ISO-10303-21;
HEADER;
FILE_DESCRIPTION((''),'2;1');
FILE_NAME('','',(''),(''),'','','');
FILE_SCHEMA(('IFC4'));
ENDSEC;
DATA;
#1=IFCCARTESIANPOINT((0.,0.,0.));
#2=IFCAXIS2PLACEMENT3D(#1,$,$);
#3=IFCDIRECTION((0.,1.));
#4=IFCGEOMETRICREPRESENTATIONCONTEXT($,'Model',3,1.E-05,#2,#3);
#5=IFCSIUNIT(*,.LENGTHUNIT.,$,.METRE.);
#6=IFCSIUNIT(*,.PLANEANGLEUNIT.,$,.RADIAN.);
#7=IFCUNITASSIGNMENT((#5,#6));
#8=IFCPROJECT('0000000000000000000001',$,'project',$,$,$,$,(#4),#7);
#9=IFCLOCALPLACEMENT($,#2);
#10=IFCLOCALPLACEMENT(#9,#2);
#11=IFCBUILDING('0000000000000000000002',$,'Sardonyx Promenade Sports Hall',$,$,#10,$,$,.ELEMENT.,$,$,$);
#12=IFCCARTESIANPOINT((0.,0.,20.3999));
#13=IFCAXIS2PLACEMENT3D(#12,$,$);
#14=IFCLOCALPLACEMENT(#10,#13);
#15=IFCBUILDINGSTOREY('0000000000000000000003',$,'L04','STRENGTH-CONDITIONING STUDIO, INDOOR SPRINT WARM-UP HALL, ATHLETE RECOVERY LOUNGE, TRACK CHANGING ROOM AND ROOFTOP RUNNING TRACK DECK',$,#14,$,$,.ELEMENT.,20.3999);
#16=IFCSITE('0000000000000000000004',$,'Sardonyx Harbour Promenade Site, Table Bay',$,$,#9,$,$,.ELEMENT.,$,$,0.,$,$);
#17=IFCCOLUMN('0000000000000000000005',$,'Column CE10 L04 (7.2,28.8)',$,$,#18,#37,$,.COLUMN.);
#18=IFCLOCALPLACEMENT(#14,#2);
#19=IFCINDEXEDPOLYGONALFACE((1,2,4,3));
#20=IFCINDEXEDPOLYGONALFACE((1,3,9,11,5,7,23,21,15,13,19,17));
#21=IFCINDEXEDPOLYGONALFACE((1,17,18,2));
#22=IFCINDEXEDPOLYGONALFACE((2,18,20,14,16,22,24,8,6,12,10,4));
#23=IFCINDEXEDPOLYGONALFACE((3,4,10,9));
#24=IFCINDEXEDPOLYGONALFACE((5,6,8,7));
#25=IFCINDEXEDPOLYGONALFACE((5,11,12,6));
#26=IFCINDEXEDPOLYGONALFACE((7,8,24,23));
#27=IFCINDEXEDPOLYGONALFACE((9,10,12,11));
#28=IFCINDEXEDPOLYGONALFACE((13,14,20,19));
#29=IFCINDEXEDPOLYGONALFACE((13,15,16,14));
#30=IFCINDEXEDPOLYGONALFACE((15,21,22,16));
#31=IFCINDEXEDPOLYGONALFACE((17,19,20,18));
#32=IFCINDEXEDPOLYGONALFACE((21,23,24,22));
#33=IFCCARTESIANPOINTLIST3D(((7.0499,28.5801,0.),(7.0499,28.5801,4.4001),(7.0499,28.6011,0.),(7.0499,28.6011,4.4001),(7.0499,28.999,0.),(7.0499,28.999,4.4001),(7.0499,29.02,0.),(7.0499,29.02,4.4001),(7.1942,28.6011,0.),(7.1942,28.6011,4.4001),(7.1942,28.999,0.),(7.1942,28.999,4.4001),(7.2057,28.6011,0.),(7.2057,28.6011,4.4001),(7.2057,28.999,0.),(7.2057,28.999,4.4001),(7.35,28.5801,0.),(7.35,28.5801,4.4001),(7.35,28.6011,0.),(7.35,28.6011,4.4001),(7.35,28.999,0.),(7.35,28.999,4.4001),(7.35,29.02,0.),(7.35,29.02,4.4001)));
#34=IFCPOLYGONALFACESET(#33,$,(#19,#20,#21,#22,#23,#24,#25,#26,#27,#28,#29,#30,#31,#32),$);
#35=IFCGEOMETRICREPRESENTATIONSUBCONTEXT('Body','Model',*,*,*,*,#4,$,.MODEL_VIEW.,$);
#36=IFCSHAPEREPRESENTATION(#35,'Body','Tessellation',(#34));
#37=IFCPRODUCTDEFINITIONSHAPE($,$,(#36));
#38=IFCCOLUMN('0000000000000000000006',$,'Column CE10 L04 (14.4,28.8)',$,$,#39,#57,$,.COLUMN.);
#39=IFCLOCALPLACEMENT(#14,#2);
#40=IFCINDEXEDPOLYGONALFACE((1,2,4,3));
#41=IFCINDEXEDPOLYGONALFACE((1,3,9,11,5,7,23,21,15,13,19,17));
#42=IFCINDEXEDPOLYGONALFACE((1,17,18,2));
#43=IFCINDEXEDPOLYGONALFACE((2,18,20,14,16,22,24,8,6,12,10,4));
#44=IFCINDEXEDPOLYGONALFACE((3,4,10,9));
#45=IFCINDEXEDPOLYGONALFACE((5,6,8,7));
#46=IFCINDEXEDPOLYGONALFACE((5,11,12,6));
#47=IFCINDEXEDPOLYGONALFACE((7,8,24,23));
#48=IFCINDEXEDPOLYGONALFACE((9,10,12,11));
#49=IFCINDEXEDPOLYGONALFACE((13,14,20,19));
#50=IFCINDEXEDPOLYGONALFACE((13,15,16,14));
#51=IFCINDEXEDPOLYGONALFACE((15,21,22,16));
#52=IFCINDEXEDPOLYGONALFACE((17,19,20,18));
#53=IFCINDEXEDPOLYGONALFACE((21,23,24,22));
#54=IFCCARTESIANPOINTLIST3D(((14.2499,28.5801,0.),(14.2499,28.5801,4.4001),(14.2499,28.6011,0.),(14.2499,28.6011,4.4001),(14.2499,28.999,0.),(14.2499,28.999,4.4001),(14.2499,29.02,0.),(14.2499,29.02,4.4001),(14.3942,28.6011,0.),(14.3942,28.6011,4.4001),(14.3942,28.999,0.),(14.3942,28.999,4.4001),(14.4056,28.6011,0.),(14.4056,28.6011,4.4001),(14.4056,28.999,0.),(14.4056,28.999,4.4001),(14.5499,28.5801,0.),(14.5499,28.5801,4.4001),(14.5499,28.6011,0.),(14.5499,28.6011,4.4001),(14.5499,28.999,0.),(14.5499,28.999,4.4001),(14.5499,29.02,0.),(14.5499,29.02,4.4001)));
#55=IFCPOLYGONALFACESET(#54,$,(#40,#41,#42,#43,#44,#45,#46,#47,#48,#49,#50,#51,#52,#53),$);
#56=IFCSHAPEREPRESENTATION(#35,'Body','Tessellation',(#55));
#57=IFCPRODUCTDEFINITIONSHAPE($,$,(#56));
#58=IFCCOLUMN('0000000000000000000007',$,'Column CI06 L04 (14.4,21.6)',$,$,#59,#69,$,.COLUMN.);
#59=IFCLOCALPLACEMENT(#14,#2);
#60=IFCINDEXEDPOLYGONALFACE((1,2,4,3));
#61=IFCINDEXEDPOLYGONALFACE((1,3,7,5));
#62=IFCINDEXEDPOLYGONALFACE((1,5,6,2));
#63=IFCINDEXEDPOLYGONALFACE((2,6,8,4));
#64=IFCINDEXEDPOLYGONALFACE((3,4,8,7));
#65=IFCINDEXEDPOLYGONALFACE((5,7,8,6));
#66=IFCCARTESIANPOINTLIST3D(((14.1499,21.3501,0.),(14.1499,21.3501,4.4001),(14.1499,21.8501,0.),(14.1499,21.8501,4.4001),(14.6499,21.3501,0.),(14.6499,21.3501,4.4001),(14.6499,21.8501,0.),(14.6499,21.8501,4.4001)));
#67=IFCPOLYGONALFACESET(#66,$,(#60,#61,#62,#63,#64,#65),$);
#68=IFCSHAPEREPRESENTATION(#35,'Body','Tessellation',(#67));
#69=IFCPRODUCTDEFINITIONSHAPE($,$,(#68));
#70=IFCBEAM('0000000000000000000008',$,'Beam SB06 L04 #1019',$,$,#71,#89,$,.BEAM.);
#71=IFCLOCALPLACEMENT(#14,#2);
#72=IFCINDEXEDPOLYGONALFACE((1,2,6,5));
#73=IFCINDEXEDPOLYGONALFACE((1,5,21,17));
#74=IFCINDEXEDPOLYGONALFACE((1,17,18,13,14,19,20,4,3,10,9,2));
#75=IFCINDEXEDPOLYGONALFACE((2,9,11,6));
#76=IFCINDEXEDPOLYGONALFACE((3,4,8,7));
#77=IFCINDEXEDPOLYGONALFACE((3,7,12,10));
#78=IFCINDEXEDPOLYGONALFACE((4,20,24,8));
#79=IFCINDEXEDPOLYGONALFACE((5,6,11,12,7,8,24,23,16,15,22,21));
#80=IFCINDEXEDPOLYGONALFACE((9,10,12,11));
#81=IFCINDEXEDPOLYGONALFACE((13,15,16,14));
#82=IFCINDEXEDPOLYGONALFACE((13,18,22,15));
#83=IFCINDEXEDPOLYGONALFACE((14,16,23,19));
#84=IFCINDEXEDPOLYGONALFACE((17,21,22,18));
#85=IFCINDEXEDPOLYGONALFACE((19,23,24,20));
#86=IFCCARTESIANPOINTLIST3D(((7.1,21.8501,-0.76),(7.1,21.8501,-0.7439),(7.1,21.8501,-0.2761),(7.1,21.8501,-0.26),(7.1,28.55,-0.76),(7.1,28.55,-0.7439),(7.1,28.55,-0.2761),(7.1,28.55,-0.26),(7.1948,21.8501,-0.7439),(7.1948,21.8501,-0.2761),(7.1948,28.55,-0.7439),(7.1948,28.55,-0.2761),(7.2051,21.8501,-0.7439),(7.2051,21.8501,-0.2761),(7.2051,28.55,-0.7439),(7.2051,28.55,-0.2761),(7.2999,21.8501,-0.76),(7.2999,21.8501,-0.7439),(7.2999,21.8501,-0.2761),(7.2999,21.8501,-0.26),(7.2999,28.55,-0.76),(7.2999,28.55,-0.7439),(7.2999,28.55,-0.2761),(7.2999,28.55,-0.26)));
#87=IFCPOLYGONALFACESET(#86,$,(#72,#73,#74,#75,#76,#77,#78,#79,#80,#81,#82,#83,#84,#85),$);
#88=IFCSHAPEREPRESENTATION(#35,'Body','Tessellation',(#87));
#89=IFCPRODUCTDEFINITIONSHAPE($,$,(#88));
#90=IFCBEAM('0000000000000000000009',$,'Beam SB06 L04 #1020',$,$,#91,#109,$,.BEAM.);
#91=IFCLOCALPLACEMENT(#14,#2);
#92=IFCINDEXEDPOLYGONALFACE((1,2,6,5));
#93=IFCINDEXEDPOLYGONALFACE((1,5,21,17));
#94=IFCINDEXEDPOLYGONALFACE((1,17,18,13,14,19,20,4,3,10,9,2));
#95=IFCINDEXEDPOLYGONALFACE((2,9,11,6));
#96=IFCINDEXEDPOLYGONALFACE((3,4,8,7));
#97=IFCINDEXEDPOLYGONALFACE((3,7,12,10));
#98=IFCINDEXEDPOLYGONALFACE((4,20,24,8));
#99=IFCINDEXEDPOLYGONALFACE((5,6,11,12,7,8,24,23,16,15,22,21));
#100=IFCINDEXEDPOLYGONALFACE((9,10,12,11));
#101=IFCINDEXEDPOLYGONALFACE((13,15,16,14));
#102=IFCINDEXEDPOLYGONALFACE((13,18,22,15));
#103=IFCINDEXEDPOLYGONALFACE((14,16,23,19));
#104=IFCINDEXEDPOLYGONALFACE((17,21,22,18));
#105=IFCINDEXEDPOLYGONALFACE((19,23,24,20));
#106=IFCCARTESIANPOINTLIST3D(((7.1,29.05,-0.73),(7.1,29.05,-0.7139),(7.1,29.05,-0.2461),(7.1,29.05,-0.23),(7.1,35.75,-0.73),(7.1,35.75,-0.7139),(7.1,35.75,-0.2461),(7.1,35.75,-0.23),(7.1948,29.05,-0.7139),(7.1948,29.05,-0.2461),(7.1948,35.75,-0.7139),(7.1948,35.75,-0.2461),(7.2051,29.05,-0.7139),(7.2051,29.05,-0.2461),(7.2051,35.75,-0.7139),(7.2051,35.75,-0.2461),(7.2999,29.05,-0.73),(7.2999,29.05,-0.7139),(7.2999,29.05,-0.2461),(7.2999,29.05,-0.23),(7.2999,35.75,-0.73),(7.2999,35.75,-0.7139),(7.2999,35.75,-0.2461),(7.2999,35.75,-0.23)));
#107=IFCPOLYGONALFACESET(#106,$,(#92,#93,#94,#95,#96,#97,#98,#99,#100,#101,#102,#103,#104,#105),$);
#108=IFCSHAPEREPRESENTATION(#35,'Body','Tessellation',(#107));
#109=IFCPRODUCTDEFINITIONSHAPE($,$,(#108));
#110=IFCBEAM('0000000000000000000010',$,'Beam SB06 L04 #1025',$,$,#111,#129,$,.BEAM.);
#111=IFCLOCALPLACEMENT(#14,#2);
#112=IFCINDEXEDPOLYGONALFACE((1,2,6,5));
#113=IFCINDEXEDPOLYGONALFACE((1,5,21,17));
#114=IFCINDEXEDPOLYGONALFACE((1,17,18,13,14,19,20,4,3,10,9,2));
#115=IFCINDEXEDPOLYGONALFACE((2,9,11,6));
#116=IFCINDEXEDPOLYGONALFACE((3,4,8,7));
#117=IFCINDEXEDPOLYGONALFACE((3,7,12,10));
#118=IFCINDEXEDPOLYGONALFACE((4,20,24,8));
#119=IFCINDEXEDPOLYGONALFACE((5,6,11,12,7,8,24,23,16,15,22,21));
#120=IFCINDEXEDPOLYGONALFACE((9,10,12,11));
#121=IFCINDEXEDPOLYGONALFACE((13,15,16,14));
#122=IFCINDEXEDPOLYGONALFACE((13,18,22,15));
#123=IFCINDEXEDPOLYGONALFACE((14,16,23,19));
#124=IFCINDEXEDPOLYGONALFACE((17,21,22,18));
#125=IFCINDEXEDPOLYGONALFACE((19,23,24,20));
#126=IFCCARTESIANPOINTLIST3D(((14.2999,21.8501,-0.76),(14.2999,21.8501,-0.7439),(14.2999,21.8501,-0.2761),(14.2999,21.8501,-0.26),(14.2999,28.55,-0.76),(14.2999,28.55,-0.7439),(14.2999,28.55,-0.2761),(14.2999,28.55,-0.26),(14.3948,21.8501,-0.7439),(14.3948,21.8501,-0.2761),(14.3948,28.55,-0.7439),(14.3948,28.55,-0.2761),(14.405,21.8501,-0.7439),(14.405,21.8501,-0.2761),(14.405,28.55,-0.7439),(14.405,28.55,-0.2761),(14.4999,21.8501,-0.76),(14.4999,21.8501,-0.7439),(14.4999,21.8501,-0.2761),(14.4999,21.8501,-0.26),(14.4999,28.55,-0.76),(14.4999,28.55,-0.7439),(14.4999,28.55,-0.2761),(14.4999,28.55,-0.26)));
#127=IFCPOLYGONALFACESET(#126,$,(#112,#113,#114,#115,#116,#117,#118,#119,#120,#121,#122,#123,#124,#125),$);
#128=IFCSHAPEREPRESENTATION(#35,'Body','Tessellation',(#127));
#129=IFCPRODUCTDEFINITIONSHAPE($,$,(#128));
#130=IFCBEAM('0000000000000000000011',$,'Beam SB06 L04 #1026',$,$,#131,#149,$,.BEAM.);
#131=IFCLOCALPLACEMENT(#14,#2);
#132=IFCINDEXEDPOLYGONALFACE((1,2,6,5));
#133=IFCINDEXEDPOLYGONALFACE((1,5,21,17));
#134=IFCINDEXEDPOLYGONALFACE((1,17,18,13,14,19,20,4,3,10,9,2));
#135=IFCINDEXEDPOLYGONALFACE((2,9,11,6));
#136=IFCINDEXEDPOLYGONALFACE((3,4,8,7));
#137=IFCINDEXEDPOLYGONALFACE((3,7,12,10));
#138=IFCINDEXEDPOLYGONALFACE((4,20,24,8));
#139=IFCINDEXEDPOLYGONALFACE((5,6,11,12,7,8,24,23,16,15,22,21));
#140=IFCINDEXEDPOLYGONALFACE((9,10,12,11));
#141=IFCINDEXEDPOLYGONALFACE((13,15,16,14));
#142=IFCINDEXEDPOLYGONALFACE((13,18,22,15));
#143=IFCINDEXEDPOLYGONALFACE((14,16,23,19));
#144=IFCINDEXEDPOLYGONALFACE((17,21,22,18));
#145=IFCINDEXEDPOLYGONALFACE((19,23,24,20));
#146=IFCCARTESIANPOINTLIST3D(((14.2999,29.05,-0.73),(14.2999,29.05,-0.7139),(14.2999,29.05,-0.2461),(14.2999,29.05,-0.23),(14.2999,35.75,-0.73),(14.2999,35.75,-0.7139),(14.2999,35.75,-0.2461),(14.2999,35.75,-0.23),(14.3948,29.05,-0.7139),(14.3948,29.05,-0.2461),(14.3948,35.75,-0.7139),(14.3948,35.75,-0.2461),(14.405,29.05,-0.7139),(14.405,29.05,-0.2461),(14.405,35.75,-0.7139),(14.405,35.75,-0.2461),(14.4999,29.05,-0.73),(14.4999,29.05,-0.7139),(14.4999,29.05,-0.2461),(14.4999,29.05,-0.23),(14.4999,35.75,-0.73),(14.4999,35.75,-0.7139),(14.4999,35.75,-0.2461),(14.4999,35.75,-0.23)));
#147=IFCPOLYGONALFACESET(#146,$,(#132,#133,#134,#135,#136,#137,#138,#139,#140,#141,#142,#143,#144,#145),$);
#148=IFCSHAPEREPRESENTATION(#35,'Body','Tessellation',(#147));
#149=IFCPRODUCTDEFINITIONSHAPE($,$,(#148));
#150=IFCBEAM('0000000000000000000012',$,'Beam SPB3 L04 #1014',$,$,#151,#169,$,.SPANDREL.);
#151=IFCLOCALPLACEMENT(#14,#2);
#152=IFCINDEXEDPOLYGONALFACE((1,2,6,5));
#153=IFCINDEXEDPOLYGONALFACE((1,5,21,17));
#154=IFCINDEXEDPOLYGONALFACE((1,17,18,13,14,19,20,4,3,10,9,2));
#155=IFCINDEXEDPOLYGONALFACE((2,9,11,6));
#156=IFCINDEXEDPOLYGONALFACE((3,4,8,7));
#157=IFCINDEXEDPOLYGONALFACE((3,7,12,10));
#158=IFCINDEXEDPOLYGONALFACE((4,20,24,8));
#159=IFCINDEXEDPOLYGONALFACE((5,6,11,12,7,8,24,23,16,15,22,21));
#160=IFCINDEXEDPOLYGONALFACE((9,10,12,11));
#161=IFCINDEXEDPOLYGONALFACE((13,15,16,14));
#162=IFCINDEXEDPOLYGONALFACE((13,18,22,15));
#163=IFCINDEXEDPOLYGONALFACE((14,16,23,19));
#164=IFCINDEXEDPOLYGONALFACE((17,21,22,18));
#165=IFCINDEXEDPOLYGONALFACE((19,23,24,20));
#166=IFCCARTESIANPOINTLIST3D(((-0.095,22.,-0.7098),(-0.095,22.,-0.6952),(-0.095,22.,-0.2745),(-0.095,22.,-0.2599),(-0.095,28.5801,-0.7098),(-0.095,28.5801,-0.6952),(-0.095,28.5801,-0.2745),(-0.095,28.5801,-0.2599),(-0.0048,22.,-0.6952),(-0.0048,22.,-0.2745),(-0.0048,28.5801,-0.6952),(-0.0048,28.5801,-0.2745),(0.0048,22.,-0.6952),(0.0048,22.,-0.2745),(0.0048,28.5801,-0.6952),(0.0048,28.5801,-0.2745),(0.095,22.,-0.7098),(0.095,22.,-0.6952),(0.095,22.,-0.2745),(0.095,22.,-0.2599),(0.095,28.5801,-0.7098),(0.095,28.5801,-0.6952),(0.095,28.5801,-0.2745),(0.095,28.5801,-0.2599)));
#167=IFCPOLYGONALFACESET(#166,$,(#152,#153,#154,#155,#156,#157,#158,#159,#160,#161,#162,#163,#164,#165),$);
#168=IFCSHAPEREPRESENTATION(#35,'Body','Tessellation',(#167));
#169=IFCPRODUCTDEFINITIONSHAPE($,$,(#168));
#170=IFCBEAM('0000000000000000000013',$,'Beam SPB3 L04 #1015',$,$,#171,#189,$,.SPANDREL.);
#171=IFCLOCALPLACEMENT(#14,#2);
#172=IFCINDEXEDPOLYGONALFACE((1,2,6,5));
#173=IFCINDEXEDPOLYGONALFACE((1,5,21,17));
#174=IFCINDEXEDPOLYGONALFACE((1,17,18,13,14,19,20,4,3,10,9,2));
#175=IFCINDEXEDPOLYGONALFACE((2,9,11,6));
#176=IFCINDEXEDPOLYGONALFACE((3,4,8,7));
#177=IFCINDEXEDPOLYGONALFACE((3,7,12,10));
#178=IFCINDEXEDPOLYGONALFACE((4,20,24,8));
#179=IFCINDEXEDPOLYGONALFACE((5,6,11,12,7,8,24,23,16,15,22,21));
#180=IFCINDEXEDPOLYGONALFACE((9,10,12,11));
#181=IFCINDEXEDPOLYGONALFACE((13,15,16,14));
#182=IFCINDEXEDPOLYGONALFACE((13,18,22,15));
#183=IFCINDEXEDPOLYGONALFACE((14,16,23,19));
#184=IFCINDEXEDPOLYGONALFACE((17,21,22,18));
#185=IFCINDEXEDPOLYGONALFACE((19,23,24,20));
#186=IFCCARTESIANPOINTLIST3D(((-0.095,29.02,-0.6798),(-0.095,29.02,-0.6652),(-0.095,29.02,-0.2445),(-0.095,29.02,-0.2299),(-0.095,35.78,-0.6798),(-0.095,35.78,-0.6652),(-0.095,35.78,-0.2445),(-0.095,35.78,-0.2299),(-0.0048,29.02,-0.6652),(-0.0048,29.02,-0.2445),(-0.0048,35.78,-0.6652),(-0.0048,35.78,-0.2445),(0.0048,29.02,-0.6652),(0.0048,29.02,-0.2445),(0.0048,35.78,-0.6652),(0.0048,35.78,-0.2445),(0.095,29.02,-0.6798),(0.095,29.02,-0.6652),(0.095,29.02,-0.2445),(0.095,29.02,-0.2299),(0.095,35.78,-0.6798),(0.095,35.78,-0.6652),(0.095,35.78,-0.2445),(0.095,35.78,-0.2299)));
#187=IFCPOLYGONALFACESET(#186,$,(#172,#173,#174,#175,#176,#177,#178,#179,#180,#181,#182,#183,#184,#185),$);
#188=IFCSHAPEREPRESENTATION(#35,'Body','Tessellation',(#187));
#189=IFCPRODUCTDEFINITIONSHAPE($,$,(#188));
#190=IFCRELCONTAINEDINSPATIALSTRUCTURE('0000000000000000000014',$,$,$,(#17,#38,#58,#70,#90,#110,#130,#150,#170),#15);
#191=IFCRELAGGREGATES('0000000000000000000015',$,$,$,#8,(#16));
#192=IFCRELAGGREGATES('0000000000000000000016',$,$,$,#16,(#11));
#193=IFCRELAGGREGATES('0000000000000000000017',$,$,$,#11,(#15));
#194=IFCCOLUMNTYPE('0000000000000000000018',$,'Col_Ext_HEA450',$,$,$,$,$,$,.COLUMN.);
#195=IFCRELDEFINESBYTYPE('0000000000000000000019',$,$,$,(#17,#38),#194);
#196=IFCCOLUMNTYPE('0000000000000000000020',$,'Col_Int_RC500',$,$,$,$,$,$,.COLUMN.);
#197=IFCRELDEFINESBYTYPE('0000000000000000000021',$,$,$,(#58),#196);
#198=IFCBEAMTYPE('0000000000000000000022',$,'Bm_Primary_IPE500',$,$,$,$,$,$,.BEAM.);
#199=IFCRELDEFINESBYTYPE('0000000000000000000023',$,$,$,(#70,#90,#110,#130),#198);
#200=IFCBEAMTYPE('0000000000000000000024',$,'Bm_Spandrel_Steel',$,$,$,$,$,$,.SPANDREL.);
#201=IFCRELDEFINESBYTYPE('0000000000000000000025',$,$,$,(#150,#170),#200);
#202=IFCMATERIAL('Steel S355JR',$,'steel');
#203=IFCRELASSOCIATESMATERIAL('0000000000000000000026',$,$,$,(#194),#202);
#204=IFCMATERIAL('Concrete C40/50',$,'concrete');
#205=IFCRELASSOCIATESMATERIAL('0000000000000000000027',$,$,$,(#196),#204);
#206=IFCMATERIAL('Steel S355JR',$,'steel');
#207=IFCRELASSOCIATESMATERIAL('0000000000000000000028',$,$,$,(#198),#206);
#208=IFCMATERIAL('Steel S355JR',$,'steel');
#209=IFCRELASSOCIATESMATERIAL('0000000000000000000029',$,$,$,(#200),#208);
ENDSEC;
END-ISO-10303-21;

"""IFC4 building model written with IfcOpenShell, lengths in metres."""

from ifc_helpers import new_model, si_unit, direction, frame, origin, origin_2d, place, context, subcontext, project, spatial, rectangle, i_section, extrude, material, material_profile, profile_set, type_object, element, save


model = new_model("IFC4")

# Units and contexts
model_context = context("Model", 3, precision=1e-05, world=origin(), true_north=direction((0.0, 1.0)))
body_context = subcontext(model_context, "Body", "Model", "MODEL_VIEW")
ifc_project = project(units=[si_unit("LENGTHUNIT", "METRE"), si_unit("PLANEANGLEUNIT", "RADIAN")], contexts=[model_context])

# Site, building, storey
site_placement = place(None, origin())
site = spatial("IfcSite", under=ifc_project, at=site_placement, Name="Sardonyx Harbour Promenade Site, Table Bay", CompositionType="ELEMENT", RefElevation=0.0)
building_placement = place(site_placement, origin())
building = spatial("IfcBuilding", under=site, at=building_placement, Name="Sardonyx Promenade Sports Hall", CompositionType="ELEMENT")
storey_placement = place(building_placement, frame((0.0, 0.0, 20.3999)))
storey = spatial("IfcBuildingStorey", under=building, at=storey_placement, Name="L04", Description="STRENGTH-CONDITIONING STUDIO, INDOOR SPRINT WARM-UP HALL, ATHLETE RECOVERY LOUNGE, TRACK CHANGING ROOM AND ROOFTOP RUNNING TRACK DECK", CompositionType="ELEMENT", Elevation=20.3999)

# Columns
ifc_material_1 = material(Name="Steel S355JR", Category="steel")
ifc_material_profile_1 = material_profile(ifc_material_1, i_section(OverallWidth=0.3, OverallDepth=0.4399, WebThickness=0.0115, FlangeThickness=0.021, at=origin_2d()))
ifc_profile_set_1 = profile_set([ifc_material_profile_1], Name="Steel S355JR")
column_type_1 = type_object("IfcColumnType", Name="Col_Ext_HEA450", PredefinedType="COLUMN", material=ifc_profile_set_1)
for number, where, z_axis, x_axis, name in (
    (1, (7.2, 28.8, 0.0), (0.0, 0.0, 1.0), (1.0, 0.0, 0.0), "Column CE10 L04 (7.2,28.8)"),
    (2, (14.3999, 28.8, 0.0), (0.0, 0.0, 1.0), (1.0, 0.0, 0.0), "Column CE10 L04 (14.4,28.8)"),
):
    element("IfcColumn", number, at=place(storey_placement, frame(where, z_axis=z_axis, x_axis=x_axis)), inside=storey, type_object=column_type_1, Name=name, PredefinedType="COLUMN", context=body_context, shape_type="SweptSolid", body=[
        extrude(i_section(OverallWidth=0.3, OverallDepth=0.4399, WebThickness=0.0115, FlangeThickness=0.021, at=origin_2d()), origin(), (0.0, 0.0, 1.0), 4.4001),
    ])
ifc_material_2 = material(Name="Concrete C40/50", Category="concrete")
ifc_material_profile_2 = material_profile(ifc_material_2, rectangle(XDim=0.5, YDim=0.5, at=origin_2d()))
ifc_profile_set_2 = profile_set([ifc_material_profile_2], Name="Concrete C40/50")
column_type_2 = type_object("IfcColumnType", Name="Col_Int_RC500", PredefinedType="COLUMN", material=ifc_profile_set_2)
column_placement = place(storey_placement, frame((14.3999, 21.6001, 0.0), z_axis=(0.0, 0.0, 1.0), x_axis=(1.0, 0.0, 0.0)))
element("IfcColumn", 3, at=column_placement, inside=storey, type_object=column_type_2, Name="Column CI06 L04 (14.4,21.6)", PredefinedType="COLUMN", context=body_context, shape_type="SweptSolid", body=[
    extrude(rectangle(XDim=0.5, YDim=0.5, at=origin_2d()), origin(), (0.0, 0.0, 1.0), 4.4001),
])

# Beams
ifc_material_3 = material(Name="Steel S355JR", Category="steel")
ifc_material_profile_3 = material_profile(ifc_material_3, i_section(OverallWidth=0.2, OverallDepth=0.5, WebThickness=0.0103, FlangeThickness=0.0161, at=origin_2d()))
ifc_profile_set_3 = profile_set([ifc_material_profile_3], Name="Steel S355JR")
beam_type_1 = type_object("IfcBeamType", Name="Bm_Primary_IPE500", PredefinedType="BEAM", material=ifc_profile_set_3)
for number, where, z_axis, x_axis, name in (
    (4, (7.2, 21.8501, -0.51), (0.0, 1.0, 0.0), (-1.0, 0.0, 0.0), "Beam SB06 L04 #1019"),
    (5, (7.2, 29.05, -0.48), (0.0, 1.0, 0.0), (-1.0, 0.0, 0.0), "Beam SB06 L04 #1020"),
    (6, (14.3999, 21.8501, -0.51), (0.0, 1.0, 0.0), (-1.0, 0.0, 0.0), "Beam SB06 L04 #1025"),
    (7, (14.3999, 29.05, -0.48), (0.0, 1.0, 0.0), (-1.0, 0.0, 0.0), "Beam SB06 L04 #1026"),
):
    element("IfcBeam", number, at=place(storey_placement, frame(where, z_axis=z_axis, x_axis=x_axis)), inside=storey, type_object=beam_type_1, Name=name, PredefinedType="BEAM", context=body_context, shape_type="SweptSolid", body=[
        extrude(i_section(OverallWidth=0.2, OverallDepth=0.5, WebThickness=0.0103, FlangeThickness=0.0161, at=origin_2d()), origin(), (0.0, 0.0, 1.0), 6.7),
    ])
ifc_material_4 = material(Name="Steel S355JR", Category="steel")
ifc_material_profile_4 = material_profile(ifc_material_4, i_section(OverallWidth=0.1899, OverallDepth=0.45, WebThickness=0.0095, FlangeThickness=0.0146, at=origin_2d()))
ifc_profile_set_4 = profile_set([ifc_material_profile_4], Name="Steel S355JR")
beam_type_2 = type_object("IfcBeamType", Name="Bm_Spandrel_Steel", PredefinedType="SPANDREL", material=ifc_profile_set_4)
beam_1_placement = place(storey_placement, frame((0.0, 22.0, -0.4849), z_axis=(0.0, 1.0, 0.0), x_axis=(-1.0, 0.0, 0.0)))
element("IfcBeam", 8, at=beam_1_placement, inside=storey, type_object=beam_type_2, Name="Beam SPB3 L04 #1014", PredefinedType="SPANDREL", context=body_context, shape_type="SweptSolid", body=[
    extrude(i_section(OverallWidth=0.1899, OverallDepth=0.45, WebThickness=0.0095, FlangeThickness=0.0146, at=origin_2d()), origin(), (0.0, 0.0, 1.0), 6.5801),
])
beam_2_placement = place(storey_placement, frame((0.0, 29.02, -0.4548), z_axis=(0.0, 1.0, 0.0), x_axis=(-1.0, 0.0, 0.0)))
element("IfcBeam", 9, at=beam_2_placement, inside=storey, type_object=beam_type_2, Name="Beam SPB3 L04 #1015", PredefinedType="SPANDREL", context=body_context, shape_type="SweptSolid", body=[
    extrude(i_section(OverallWidth=0.1899, OverallDepth=0.45, WebThickness=0.0095, FlangeThickness=0.0146, at=origin_2d()), origin(), (0.0, 0.0, 1.0), 6.76),
])

save(model, "model.ifc")
